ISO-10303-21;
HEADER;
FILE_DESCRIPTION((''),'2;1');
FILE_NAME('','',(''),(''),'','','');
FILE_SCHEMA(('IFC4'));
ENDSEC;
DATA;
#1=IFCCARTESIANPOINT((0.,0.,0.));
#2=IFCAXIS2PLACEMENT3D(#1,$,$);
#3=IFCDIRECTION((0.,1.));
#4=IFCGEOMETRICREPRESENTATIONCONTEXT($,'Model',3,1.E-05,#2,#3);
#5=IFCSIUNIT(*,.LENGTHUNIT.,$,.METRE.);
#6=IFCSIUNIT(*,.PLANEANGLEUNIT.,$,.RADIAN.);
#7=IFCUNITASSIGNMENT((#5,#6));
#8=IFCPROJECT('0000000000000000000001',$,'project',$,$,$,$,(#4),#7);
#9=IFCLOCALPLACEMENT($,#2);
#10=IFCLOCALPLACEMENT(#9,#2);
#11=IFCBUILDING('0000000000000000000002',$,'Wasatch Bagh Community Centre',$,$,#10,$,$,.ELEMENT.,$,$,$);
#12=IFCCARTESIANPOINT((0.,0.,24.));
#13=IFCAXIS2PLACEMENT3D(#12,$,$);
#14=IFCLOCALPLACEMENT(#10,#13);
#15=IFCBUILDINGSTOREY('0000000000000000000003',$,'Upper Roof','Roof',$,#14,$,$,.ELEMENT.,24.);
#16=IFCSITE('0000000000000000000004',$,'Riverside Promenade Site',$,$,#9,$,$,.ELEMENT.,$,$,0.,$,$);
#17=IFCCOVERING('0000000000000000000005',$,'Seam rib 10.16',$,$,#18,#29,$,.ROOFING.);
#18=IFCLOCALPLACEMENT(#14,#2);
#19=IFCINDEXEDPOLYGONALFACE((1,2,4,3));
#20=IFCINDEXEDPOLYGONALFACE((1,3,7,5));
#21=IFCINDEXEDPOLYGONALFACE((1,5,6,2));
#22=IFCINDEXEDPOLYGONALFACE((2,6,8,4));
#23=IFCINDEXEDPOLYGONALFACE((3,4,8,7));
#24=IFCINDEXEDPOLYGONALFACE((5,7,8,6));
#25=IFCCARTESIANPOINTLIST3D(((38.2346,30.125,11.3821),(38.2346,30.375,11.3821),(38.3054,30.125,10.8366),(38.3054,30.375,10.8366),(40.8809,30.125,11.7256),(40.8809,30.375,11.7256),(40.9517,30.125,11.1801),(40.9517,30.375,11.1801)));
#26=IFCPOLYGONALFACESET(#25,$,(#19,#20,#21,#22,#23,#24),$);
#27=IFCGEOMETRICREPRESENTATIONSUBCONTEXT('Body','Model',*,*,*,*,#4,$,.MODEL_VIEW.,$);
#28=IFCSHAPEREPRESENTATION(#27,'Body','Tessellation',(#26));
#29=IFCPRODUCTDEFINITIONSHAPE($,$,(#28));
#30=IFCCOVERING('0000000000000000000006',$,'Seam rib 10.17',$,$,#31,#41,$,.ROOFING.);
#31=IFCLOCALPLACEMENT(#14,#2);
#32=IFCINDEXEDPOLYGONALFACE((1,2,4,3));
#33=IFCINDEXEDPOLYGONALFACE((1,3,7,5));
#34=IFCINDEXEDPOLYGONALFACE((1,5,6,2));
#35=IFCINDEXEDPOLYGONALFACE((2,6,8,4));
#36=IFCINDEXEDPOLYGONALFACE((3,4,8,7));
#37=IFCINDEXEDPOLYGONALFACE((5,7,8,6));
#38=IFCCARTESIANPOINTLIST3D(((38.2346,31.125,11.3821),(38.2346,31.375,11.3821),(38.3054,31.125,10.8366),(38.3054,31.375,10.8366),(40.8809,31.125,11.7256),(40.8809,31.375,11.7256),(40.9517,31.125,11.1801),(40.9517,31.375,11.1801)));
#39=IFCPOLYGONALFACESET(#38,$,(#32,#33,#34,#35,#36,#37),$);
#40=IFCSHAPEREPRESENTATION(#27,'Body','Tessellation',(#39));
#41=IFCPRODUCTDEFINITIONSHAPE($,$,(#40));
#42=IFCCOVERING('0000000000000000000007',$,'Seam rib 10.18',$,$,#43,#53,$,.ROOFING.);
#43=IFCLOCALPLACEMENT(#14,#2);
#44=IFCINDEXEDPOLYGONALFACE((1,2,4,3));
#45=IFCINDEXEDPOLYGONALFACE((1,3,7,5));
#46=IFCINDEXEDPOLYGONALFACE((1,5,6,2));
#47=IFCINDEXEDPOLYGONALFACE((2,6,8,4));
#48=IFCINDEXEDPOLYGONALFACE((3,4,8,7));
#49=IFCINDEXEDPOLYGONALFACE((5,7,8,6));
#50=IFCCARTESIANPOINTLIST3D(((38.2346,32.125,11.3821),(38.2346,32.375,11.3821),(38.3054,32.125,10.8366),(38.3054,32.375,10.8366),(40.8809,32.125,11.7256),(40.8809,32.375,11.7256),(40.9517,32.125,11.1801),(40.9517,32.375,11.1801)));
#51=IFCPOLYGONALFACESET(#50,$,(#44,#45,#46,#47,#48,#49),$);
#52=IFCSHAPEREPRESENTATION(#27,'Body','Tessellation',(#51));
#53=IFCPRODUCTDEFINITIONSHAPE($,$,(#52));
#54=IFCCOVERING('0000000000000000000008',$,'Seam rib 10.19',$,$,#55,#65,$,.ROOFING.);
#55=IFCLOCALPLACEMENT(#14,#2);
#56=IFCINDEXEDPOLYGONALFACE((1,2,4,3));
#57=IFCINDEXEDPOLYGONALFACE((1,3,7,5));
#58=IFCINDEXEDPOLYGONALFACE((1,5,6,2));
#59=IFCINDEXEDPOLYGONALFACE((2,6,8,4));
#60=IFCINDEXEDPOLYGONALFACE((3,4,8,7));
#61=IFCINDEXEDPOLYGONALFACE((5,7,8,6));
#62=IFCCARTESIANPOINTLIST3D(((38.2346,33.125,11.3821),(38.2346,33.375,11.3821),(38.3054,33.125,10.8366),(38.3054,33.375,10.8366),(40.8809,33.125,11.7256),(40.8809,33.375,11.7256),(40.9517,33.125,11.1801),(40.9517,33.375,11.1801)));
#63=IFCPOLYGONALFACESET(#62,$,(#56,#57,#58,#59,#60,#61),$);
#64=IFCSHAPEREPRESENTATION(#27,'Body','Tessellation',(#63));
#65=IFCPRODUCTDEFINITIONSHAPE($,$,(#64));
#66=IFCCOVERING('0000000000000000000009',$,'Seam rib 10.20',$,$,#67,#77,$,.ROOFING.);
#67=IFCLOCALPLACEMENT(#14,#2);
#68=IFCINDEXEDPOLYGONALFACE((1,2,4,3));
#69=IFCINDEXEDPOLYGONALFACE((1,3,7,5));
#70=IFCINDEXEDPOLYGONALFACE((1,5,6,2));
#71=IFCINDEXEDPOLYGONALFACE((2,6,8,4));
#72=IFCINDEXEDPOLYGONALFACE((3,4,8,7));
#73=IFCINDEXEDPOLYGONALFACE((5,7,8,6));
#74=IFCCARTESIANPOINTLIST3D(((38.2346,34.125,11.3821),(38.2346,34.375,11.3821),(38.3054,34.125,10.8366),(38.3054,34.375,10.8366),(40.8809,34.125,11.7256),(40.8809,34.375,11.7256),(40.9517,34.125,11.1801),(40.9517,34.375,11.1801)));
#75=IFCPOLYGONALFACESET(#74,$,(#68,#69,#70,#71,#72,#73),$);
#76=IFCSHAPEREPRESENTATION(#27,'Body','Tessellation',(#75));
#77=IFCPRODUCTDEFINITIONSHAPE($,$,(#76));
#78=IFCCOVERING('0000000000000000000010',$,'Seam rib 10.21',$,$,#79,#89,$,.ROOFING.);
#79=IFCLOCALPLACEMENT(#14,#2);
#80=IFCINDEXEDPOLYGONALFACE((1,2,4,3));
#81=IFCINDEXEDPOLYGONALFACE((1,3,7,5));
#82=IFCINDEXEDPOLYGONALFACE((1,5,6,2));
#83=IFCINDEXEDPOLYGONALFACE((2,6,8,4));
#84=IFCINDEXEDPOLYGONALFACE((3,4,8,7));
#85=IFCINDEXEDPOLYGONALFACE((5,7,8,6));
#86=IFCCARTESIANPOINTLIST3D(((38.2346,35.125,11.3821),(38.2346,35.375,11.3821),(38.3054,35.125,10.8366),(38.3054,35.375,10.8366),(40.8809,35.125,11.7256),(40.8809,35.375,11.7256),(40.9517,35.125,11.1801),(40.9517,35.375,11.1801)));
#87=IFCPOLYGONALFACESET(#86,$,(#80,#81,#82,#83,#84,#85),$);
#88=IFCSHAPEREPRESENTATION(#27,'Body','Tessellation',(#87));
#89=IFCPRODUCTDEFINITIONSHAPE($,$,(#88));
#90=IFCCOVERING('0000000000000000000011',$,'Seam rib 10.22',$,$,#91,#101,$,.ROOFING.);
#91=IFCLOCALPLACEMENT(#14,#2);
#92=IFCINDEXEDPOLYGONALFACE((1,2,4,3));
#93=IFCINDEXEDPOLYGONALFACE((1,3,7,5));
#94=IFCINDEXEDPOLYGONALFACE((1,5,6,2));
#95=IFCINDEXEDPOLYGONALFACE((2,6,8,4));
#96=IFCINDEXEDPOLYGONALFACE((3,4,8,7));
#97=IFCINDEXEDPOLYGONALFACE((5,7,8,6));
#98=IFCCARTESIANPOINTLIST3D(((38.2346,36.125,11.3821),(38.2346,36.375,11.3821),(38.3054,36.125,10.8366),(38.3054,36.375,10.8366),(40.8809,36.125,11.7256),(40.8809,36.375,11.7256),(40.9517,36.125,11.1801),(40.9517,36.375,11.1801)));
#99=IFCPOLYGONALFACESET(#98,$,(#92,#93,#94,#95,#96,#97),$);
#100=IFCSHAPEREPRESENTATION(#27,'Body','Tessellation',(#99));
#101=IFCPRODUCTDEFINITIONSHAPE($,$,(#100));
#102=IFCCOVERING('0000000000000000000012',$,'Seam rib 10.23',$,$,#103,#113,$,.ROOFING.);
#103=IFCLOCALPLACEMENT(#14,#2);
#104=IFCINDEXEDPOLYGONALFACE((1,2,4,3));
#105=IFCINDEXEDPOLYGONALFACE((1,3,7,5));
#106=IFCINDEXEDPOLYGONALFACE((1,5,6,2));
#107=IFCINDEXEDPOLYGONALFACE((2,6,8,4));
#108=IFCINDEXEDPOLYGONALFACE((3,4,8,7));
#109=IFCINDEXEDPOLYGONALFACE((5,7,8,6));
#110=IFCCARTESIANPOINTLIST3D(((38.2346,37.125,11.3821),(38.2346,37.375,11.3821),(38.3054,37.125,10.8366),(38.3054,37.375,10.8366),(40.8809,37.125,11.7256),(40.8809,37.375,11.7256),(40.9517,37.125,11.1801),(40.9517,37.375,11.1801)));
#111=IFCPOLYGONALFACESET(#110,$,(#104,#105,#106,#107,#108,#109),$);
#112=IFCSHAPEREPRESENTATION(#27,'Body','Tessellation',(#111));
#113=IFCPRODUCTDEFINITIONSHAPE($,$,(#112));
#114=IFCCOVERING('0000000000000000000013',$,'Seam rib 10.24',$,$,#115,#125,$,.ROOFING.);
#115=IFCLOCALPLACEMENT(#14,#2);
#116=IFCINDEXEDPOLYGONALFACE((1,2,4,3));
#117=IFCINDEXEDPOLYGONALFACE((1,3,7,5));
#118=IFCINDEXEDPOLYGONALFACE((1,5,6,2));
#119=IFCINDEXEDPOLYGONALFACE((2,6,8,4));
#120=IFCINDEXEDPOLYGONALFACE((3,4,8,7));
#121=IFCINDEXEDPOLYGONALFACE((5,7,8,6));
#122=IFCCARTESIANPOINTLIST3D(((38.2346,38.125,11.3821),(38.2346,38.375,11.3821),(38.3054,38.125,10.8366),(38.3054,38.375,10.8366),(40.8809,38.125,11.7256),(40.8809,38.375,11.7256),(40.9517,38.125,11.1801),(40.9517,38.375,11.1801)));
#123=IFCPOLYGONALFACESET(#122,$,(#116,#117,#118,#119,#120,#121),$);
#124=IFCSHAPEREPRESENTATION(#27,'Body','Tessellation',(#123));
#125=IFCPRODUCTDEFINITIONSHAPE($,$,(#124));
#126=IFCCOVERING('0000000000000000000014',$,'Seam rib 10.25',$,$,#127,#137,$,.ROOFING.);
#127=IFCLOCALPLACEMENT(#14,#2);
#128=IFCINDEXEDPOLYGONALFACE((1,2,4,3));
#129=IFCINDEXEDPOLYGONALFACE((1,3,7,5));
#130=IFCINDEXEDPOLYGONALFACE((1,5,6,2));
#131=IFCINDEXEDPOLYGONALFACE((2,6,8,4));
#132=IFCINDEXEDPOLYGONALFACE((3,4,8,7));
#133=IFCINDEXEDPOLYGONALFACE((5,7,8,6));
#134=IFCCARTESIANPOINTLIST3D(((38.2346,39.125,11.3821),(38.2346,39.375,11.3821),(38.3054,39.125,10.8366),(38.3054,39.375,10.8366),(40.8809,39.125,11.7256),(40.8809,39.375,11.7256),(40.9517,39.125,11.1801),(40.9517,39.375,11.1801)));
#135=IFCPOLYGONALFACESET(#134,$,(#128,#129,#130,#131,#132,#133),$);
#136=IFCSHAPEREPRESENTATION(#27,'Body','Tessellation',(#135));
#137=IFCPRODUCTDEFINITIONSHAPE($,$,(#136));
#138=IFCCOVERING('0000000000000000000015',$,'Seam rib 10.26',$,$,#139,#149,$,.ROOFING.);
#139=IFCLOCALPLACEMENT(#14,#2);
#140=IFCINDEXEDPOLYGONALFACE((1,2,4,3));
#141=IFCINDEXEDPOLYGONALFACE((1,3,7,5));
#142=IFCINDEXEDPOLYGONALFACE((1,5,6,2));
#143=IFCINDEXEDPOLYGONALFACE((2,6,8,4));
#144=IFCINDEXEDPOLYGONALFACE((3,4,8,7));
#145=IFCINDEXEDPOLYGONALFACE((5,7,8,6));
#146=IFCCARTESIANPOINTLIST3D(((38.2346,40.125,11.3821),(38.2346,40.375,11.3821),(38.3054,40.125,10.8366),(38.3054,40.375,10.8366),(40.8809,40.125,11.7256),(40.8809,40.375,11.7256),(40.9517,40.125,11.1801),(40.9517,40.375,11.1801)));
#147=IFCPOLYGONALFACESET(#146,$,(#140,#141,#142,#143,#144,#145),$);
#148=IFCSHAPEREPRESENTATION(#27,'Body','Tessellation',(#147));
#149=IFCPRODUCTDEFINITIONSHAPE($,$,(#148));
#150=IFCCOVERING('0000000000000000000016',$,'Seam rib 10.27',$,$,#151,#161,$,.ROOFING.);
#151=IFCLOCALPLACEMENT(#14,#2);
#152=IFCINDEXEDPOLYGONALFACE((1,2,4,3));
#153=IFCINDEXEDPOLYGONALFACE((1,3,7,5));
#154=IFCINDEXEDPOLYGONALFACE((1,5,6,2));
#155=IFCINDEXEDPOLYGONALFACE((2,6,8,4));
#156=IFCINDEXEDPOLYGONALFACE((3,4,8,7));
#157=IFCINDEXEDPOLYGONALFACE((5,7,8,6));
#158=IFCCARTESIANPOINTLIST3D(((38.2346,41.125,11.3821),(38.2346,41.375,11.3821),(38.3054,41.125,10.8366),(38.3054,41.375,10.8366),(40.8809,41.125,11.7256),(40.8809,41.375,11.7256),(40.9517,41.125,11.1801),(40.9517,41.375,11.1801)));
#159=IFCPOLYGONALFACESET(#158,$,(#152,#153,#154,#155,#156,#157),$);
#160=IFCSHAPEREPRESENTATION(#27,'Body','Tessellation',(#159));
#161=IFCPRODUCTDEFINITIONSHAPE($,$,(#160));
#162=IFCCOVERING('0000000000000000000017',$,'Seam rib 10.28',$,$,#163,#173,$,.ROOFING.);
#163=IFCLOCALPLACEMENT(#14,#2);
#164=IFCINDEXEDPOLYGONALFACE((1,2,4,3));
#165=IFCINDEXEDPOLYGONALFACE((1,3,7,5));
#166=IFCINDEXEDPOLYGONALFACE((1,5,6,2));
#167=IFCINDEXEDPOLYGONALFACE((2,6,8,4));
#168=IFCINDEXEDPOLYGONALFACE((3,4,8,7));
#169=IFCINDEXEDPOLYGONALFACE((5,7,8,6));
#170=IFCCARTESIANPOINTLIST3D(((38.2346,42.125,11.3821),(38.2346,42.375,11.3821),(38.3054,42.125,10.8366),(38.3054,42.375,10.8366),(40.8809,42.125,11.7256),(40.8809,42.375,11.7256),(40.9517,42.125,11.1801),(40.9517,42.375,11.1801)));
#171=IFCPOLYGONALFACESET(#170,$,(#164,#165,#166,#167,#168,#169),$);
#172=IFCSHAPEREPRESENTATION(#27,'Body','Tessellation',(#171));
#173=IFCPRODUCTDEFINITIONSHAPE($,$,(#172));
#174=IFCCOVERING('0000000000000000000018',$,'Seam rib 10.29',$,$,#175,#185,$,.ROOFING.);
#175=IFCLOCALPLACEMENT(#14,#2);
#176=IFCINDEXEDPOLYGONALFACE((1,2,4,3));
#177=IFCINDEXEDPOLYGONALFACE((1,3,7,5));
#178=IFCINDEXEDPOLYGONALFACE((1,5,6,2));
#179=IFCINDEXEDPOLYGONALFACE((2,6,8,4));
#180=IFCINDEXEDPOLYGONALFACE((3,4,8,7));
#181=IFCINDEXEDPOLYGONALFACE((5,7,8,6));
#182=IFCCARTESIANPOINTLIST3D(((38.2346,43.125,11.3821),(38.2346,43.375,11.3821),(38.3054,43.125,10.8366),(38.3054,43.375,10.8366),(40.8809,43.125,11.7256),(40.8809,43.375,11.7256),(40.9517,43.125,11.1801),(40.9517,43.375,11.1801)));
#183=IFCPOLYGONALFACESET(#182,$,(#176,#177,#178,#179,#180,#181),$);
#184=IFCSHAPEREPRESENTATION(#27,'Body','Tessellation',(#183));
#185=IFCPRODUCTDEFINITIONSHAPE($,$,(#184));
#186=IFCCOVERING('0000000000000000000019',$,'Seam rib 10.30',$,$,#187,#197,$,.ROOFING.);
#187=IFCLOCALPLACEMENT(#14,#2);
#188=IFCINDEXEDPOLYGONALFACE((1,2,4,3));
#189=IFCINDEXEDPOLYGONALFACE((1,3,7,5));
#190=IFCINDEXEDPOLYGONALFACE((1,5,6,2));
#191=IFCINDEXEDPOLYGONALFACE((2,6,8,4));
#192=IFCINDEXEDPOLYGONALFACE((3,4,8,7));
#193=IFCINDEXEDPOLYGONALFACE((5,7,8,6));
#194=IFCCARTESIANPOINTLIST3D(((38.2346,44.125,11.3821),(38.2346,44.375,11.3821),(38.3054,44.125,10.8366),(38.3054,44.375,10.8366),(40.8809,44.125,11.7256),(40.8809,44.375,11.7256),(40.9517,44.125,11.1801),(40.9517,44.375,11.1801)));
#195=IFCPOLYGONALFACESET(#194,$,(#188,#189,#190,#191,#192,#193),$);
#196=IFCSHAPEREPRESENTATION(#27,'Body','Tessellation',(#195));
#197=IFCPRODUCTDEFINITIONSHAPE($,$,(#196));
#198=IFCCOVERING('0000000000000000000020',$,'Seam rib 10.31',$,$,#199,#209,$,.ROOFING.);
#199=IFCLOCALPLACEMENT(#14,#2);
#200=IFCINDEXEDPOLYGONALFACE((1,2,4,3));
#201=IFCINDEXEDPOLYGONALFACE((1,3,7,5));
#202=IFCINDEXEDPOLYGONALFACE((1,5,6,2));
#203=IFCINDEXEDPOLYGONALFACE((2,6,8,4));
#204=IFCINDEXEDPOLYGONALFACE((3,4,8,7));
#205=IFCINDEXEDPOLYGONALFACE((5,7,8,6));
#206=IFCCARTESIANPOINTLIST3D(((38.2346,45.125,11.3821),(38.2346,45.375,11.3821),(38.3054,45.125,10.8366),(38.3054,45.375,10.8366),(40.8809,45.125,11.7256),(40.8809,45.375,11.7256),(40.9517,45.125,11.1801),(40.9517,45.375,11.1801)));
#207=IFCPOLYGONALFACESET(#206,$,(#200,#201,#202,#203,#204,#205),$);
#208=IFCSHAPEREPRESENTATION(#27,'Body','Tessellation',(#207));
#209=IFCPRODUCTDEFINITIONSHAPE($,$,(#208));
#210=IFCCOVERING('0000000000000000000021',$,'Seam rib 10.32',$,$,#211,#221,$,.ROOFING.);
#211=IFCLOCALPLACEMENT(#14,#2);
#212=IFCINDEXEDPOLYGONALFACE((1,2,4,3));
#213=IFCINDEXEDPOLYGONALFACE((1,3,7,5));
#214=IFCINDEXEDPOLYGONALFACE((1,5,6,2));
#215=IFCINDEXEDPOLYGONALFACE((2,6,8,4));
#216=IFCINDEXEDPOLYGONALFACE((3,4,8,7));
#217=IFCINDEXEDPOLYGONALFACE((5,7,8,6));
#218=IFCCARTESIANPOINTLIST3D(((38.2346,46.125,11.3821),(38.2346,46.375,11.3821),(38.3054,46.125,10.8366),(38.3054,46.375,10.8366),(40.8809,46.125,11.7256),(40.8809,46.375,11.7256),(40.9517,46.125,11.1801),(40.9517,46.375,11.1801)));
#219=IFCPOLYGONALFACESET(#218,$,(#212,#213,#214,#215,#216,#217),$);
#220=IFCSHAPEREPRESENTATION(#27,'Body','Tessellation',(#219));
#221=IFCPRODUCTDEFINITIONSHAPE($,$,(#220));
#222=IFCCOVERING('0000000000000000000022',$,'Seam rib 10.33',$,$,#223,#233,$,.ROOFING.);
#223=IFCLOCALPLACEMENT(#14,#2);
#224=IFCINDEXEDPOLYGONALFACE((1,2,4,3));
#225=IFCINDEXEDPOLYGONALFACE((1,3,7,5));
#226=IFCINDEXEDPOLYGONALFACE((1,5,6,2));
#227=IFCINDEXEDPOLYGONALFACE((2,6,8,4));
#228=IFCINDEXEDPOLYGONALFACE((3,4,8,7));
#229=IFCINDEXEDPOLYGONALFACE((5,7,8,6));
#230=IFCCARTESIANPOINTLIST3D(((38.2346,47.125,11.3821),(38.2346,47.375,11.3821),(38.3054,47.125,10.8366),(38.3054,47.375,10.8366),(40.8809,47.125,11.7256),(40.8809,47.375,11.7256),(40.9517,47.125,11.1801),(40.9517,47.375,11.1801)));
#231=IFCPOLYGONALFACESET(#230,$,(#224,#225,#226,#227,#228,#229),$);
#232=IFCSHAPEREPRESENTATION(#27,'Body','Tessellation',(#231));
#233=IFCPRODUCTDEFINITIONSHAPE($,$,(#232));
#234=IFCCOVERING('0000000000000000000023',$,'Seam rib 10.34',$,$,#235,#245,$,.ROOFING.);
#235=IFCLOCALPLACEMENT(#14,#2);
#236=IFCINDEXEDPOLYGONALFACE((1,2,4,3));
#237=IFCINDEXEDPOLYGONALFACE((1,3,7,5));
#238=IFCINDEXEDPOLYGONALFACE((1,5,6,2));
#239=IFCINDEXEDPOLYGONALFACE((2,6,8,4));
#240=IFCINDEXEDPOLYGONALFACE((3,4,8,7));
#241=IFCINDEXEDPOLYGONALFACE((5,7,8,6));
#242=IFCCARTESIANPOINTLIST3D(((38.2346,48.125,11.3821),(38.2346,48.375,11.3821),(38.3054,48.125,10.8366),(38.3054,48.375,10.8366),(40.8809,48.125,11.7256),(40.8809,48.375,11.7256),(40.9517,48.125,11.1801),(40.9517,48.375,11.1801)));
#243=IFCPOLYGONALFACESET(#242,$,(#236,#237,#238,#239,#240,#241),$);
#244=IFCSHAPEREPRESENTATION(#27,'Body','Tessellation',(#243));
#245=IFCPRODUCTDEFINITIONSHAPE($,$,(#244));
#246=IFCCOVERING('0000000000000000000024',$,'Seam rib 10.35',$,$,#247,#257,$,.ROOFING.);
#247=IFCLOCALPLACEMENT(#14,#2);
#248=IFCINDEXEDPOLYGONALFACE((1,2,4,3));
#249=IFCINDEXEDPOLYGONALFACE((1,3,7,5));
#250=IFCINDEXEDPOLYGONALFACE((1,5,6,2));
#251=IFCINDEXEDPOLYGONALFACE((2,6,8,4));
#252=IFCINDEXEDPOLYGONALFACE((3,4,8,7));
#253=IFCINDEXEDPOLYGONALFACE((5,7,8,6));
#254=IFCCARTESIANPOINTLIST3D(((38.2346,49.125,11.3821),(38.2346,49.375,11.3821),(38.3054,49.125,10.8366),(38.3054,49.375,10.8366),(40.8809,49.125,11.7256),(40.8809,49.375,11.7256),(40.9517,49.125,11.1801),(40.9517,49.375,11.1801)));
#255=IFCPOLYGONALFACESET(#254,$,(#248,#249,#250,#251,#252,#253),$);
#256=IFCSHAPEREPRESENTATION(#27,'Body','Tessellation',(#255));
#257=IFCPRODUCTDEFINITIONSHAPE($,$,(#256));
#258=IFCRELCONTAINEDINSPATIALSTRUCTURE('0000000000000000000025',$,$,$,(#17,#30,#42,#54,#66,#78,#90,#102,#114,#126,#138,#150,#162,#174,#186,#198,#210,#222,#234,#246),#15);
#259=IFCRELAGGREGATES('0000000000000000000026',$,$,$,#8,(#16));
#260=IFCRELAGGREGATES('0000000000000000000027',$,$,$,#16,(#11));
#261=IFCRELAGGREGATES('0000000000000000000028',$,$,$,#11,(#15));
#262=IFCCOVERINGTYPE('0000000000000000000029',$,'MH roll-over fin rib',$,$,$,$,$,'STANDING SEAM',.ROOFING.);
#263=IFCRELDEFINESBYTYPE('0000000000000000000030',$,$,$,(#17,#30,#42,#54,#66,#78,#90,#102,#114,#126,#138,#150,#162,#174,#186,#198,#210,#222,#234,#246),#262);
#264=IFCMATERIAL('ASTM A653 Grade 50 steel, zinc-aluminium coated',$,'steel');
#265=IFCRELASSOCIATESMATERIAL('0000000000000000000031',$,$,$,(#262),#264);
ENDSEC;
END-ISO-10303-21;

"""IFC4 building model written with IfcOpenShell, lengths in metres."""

from ifc_helpers import new_model, si_unit, direction, frame, origin, place, context, subcontext, project, spatial, polyline, outline, extrude, material, type_object, element, save


model = new_model("IFC4")

# Units and contexts
model_context = context("Model", 3, precision=1e-05, world=origin(), true_north=direction((0.0, 1.0)))
body_context = subcontext(model_context, "Body", "Model", "MODEL_VIEW")
ifc_project = project(units=[si_unit("LENGTHUNIT", "METRE"), si_unit("PLANEANGLEUNIT", "RADIAN")], contexts=[model_context])

# Site, building, storey
site_placement = place(None, origin())
site = spatial("IfcSite", under=ifc_project, at=site_placement, Name="Riverside Promenade Site", CompositionType="ELEMENT", RefElevation=0.0)
building_placement = place(site_placement, origin())
building = spatial("IfcBuilding", under=site, at=building_placement, Name="Wasatch Bagh Community Centre", CompositionType="ELEMENT")
storey_placement = place(building_placement, frame((0.0, 0.0, 24.0)))
storey = spatial("IfcBuildingStorey", under=building, at=storey_placement, Name="Upper Roof", Description="Roof", CompositionType="ELEMENT", Elevation=24.0)

# Coverings
ifc_material = material(Name="ASTM A653 Grade 50 steel, zinc-aluminium coated", Category="steel")
covering_type = type_object("IfcCoveringType", Name="MH roll-over fin rib", ElementType="STANDING SEAM", PredefinedType="ROOFING", material=ifc_material)
for number, where, z_axis, x_axis, name in (
    (1, (38.2346, 30.125, 11.3821), (-0.128729, 0.0, 0.99168), (0.99168, 0.0, 0.128729), "Seam rib 10.16"),
    (2, (38.2346, 31.125, 11.3821), (-0.128729, 0.0, 0.99168), (0.99168, 0.0, 0.128729), "Seam rib 10.17"),
    (3, (38.2346, 32.125, 11.3821), (-0.128729, 0.0, 0.99168), (0.99168, 0.0, 0.128729), "Seam rib 10.18"),
    (4, (38.2346, 33.125, 11.3821), (-0.128729, 0.0, 0.99168), (0.99168, 0.0, 0.128729), "Seam rib 10.19"),
    (5, (38.2346, 34.125, 11.3821), (-0.128729, 0.0, 0.99168), (0.99168, 0.0, 0.128729), "Seam rib 10.20"),
    (6, (38.2346, 35.125, 11.3821), (-0.128729, 0.0, 0.99168), (0.99168, 0.0, 0.128729), "Seam rib 10.21"),
    (7, (38.2346, 36.125, 11.3821), (-0.128729, 0.0, 0.99168), (0.99168, 0.0, 0.128729), "Seam rib 10.22"),
    (8, (38.2346, 37.125, 11.3821), (-0.128729, 0.0, 0.99168), (0.99168, 0.0, 0.128729), "Seam rib 10.23"),
    (9, (38.2346, 38.125, 11.3821), (-0.128729, 0.0, 0.99168), (0.99168, 0.0, 0.128729), "Seam rib 10.24"),
    (10, (38.2346, 39.125, 11.3821), (-0.128729, 0.0, 0.99168), (0.99168, 0.0, 0.128729), "Seam rib 10.25"),
    (11, (38.2346, 40.125, 11.3821), (-0.128729, 0.0, 0.99168), (0.99168, 0.0, 0.128729), "Seam rib 10.26"),
    (12, (38.2346, 41.125, 11.3821), (-0.128729, 0.0, 0.99168), (0.99168, 0.0, 0.128729), "Seam rib 10.27"),
    (13, (38.2346, 42.125, 11.3821), (-0.128729, 0.0, 0.99168), (0.99168, 0.0, 0.128729), "Seam rib 10.28"),
    (14, (38.2346, 43.125, 11.3821), (-0.128729, 0.0, 0.99168), (0.99168, 0.0, 0.128729), "Seam rib 10.29"),
    (15, (38.2346, 44.125, 11.3821), (-0.128729, 0.0, 0.99168), (0.99168, 0.0, 0.128729), "Seam rib 10.30"),
    (16, (38.2346, 45.125, 11.3821), (-0.128729, 0.0, 0.99168), (0.99168, 0.0, 0.128729), "Seam rib 10.31"),
    (17, (38.2346, 46.125, 11.3821), (-0.128729, 0.0, 0.99168), (0.99168, 0.0, 0.128729), "Seam rib 10.32"),
    (18, (38.2346, 47.125, 11.3821), (-0.128729, 0.0, 0.99168), (0.99168, 0.0, 0.128729), "Seam rib 10.33"),
    (19, (38.2346, 48.125, 11.3821), (-0.128729, 0.0, 0.99168), (0.99168, 0.0, 0.128729), "Seam rib 10.34"),
    (20, (38.2346, 49.125, 11.3821), (-0.128729, 0.0, 0.99168), (0.99168, 0.0, 0.128729), "Seam rib 10.35"),
):
    element("IfcCovering", number, at=place(storey_placement, frame(where, z_axis=z_axis, x_axis=x_axis)), inside=storey, type_object=covering_type, Name=name, PredefinedType="ROOFING", context=body_context, shape_type="SweptSolid", body=[
        extrude(outline(polyline([(0.0, 0.0), (2.6684, 0.0), (2.6684, 0.25), (0.0, 0.25), (0.0, 0.0)])), origin(), (0.0, 0.0, -1.0), 0.55),
    ])

save(model, "model.ifc")
